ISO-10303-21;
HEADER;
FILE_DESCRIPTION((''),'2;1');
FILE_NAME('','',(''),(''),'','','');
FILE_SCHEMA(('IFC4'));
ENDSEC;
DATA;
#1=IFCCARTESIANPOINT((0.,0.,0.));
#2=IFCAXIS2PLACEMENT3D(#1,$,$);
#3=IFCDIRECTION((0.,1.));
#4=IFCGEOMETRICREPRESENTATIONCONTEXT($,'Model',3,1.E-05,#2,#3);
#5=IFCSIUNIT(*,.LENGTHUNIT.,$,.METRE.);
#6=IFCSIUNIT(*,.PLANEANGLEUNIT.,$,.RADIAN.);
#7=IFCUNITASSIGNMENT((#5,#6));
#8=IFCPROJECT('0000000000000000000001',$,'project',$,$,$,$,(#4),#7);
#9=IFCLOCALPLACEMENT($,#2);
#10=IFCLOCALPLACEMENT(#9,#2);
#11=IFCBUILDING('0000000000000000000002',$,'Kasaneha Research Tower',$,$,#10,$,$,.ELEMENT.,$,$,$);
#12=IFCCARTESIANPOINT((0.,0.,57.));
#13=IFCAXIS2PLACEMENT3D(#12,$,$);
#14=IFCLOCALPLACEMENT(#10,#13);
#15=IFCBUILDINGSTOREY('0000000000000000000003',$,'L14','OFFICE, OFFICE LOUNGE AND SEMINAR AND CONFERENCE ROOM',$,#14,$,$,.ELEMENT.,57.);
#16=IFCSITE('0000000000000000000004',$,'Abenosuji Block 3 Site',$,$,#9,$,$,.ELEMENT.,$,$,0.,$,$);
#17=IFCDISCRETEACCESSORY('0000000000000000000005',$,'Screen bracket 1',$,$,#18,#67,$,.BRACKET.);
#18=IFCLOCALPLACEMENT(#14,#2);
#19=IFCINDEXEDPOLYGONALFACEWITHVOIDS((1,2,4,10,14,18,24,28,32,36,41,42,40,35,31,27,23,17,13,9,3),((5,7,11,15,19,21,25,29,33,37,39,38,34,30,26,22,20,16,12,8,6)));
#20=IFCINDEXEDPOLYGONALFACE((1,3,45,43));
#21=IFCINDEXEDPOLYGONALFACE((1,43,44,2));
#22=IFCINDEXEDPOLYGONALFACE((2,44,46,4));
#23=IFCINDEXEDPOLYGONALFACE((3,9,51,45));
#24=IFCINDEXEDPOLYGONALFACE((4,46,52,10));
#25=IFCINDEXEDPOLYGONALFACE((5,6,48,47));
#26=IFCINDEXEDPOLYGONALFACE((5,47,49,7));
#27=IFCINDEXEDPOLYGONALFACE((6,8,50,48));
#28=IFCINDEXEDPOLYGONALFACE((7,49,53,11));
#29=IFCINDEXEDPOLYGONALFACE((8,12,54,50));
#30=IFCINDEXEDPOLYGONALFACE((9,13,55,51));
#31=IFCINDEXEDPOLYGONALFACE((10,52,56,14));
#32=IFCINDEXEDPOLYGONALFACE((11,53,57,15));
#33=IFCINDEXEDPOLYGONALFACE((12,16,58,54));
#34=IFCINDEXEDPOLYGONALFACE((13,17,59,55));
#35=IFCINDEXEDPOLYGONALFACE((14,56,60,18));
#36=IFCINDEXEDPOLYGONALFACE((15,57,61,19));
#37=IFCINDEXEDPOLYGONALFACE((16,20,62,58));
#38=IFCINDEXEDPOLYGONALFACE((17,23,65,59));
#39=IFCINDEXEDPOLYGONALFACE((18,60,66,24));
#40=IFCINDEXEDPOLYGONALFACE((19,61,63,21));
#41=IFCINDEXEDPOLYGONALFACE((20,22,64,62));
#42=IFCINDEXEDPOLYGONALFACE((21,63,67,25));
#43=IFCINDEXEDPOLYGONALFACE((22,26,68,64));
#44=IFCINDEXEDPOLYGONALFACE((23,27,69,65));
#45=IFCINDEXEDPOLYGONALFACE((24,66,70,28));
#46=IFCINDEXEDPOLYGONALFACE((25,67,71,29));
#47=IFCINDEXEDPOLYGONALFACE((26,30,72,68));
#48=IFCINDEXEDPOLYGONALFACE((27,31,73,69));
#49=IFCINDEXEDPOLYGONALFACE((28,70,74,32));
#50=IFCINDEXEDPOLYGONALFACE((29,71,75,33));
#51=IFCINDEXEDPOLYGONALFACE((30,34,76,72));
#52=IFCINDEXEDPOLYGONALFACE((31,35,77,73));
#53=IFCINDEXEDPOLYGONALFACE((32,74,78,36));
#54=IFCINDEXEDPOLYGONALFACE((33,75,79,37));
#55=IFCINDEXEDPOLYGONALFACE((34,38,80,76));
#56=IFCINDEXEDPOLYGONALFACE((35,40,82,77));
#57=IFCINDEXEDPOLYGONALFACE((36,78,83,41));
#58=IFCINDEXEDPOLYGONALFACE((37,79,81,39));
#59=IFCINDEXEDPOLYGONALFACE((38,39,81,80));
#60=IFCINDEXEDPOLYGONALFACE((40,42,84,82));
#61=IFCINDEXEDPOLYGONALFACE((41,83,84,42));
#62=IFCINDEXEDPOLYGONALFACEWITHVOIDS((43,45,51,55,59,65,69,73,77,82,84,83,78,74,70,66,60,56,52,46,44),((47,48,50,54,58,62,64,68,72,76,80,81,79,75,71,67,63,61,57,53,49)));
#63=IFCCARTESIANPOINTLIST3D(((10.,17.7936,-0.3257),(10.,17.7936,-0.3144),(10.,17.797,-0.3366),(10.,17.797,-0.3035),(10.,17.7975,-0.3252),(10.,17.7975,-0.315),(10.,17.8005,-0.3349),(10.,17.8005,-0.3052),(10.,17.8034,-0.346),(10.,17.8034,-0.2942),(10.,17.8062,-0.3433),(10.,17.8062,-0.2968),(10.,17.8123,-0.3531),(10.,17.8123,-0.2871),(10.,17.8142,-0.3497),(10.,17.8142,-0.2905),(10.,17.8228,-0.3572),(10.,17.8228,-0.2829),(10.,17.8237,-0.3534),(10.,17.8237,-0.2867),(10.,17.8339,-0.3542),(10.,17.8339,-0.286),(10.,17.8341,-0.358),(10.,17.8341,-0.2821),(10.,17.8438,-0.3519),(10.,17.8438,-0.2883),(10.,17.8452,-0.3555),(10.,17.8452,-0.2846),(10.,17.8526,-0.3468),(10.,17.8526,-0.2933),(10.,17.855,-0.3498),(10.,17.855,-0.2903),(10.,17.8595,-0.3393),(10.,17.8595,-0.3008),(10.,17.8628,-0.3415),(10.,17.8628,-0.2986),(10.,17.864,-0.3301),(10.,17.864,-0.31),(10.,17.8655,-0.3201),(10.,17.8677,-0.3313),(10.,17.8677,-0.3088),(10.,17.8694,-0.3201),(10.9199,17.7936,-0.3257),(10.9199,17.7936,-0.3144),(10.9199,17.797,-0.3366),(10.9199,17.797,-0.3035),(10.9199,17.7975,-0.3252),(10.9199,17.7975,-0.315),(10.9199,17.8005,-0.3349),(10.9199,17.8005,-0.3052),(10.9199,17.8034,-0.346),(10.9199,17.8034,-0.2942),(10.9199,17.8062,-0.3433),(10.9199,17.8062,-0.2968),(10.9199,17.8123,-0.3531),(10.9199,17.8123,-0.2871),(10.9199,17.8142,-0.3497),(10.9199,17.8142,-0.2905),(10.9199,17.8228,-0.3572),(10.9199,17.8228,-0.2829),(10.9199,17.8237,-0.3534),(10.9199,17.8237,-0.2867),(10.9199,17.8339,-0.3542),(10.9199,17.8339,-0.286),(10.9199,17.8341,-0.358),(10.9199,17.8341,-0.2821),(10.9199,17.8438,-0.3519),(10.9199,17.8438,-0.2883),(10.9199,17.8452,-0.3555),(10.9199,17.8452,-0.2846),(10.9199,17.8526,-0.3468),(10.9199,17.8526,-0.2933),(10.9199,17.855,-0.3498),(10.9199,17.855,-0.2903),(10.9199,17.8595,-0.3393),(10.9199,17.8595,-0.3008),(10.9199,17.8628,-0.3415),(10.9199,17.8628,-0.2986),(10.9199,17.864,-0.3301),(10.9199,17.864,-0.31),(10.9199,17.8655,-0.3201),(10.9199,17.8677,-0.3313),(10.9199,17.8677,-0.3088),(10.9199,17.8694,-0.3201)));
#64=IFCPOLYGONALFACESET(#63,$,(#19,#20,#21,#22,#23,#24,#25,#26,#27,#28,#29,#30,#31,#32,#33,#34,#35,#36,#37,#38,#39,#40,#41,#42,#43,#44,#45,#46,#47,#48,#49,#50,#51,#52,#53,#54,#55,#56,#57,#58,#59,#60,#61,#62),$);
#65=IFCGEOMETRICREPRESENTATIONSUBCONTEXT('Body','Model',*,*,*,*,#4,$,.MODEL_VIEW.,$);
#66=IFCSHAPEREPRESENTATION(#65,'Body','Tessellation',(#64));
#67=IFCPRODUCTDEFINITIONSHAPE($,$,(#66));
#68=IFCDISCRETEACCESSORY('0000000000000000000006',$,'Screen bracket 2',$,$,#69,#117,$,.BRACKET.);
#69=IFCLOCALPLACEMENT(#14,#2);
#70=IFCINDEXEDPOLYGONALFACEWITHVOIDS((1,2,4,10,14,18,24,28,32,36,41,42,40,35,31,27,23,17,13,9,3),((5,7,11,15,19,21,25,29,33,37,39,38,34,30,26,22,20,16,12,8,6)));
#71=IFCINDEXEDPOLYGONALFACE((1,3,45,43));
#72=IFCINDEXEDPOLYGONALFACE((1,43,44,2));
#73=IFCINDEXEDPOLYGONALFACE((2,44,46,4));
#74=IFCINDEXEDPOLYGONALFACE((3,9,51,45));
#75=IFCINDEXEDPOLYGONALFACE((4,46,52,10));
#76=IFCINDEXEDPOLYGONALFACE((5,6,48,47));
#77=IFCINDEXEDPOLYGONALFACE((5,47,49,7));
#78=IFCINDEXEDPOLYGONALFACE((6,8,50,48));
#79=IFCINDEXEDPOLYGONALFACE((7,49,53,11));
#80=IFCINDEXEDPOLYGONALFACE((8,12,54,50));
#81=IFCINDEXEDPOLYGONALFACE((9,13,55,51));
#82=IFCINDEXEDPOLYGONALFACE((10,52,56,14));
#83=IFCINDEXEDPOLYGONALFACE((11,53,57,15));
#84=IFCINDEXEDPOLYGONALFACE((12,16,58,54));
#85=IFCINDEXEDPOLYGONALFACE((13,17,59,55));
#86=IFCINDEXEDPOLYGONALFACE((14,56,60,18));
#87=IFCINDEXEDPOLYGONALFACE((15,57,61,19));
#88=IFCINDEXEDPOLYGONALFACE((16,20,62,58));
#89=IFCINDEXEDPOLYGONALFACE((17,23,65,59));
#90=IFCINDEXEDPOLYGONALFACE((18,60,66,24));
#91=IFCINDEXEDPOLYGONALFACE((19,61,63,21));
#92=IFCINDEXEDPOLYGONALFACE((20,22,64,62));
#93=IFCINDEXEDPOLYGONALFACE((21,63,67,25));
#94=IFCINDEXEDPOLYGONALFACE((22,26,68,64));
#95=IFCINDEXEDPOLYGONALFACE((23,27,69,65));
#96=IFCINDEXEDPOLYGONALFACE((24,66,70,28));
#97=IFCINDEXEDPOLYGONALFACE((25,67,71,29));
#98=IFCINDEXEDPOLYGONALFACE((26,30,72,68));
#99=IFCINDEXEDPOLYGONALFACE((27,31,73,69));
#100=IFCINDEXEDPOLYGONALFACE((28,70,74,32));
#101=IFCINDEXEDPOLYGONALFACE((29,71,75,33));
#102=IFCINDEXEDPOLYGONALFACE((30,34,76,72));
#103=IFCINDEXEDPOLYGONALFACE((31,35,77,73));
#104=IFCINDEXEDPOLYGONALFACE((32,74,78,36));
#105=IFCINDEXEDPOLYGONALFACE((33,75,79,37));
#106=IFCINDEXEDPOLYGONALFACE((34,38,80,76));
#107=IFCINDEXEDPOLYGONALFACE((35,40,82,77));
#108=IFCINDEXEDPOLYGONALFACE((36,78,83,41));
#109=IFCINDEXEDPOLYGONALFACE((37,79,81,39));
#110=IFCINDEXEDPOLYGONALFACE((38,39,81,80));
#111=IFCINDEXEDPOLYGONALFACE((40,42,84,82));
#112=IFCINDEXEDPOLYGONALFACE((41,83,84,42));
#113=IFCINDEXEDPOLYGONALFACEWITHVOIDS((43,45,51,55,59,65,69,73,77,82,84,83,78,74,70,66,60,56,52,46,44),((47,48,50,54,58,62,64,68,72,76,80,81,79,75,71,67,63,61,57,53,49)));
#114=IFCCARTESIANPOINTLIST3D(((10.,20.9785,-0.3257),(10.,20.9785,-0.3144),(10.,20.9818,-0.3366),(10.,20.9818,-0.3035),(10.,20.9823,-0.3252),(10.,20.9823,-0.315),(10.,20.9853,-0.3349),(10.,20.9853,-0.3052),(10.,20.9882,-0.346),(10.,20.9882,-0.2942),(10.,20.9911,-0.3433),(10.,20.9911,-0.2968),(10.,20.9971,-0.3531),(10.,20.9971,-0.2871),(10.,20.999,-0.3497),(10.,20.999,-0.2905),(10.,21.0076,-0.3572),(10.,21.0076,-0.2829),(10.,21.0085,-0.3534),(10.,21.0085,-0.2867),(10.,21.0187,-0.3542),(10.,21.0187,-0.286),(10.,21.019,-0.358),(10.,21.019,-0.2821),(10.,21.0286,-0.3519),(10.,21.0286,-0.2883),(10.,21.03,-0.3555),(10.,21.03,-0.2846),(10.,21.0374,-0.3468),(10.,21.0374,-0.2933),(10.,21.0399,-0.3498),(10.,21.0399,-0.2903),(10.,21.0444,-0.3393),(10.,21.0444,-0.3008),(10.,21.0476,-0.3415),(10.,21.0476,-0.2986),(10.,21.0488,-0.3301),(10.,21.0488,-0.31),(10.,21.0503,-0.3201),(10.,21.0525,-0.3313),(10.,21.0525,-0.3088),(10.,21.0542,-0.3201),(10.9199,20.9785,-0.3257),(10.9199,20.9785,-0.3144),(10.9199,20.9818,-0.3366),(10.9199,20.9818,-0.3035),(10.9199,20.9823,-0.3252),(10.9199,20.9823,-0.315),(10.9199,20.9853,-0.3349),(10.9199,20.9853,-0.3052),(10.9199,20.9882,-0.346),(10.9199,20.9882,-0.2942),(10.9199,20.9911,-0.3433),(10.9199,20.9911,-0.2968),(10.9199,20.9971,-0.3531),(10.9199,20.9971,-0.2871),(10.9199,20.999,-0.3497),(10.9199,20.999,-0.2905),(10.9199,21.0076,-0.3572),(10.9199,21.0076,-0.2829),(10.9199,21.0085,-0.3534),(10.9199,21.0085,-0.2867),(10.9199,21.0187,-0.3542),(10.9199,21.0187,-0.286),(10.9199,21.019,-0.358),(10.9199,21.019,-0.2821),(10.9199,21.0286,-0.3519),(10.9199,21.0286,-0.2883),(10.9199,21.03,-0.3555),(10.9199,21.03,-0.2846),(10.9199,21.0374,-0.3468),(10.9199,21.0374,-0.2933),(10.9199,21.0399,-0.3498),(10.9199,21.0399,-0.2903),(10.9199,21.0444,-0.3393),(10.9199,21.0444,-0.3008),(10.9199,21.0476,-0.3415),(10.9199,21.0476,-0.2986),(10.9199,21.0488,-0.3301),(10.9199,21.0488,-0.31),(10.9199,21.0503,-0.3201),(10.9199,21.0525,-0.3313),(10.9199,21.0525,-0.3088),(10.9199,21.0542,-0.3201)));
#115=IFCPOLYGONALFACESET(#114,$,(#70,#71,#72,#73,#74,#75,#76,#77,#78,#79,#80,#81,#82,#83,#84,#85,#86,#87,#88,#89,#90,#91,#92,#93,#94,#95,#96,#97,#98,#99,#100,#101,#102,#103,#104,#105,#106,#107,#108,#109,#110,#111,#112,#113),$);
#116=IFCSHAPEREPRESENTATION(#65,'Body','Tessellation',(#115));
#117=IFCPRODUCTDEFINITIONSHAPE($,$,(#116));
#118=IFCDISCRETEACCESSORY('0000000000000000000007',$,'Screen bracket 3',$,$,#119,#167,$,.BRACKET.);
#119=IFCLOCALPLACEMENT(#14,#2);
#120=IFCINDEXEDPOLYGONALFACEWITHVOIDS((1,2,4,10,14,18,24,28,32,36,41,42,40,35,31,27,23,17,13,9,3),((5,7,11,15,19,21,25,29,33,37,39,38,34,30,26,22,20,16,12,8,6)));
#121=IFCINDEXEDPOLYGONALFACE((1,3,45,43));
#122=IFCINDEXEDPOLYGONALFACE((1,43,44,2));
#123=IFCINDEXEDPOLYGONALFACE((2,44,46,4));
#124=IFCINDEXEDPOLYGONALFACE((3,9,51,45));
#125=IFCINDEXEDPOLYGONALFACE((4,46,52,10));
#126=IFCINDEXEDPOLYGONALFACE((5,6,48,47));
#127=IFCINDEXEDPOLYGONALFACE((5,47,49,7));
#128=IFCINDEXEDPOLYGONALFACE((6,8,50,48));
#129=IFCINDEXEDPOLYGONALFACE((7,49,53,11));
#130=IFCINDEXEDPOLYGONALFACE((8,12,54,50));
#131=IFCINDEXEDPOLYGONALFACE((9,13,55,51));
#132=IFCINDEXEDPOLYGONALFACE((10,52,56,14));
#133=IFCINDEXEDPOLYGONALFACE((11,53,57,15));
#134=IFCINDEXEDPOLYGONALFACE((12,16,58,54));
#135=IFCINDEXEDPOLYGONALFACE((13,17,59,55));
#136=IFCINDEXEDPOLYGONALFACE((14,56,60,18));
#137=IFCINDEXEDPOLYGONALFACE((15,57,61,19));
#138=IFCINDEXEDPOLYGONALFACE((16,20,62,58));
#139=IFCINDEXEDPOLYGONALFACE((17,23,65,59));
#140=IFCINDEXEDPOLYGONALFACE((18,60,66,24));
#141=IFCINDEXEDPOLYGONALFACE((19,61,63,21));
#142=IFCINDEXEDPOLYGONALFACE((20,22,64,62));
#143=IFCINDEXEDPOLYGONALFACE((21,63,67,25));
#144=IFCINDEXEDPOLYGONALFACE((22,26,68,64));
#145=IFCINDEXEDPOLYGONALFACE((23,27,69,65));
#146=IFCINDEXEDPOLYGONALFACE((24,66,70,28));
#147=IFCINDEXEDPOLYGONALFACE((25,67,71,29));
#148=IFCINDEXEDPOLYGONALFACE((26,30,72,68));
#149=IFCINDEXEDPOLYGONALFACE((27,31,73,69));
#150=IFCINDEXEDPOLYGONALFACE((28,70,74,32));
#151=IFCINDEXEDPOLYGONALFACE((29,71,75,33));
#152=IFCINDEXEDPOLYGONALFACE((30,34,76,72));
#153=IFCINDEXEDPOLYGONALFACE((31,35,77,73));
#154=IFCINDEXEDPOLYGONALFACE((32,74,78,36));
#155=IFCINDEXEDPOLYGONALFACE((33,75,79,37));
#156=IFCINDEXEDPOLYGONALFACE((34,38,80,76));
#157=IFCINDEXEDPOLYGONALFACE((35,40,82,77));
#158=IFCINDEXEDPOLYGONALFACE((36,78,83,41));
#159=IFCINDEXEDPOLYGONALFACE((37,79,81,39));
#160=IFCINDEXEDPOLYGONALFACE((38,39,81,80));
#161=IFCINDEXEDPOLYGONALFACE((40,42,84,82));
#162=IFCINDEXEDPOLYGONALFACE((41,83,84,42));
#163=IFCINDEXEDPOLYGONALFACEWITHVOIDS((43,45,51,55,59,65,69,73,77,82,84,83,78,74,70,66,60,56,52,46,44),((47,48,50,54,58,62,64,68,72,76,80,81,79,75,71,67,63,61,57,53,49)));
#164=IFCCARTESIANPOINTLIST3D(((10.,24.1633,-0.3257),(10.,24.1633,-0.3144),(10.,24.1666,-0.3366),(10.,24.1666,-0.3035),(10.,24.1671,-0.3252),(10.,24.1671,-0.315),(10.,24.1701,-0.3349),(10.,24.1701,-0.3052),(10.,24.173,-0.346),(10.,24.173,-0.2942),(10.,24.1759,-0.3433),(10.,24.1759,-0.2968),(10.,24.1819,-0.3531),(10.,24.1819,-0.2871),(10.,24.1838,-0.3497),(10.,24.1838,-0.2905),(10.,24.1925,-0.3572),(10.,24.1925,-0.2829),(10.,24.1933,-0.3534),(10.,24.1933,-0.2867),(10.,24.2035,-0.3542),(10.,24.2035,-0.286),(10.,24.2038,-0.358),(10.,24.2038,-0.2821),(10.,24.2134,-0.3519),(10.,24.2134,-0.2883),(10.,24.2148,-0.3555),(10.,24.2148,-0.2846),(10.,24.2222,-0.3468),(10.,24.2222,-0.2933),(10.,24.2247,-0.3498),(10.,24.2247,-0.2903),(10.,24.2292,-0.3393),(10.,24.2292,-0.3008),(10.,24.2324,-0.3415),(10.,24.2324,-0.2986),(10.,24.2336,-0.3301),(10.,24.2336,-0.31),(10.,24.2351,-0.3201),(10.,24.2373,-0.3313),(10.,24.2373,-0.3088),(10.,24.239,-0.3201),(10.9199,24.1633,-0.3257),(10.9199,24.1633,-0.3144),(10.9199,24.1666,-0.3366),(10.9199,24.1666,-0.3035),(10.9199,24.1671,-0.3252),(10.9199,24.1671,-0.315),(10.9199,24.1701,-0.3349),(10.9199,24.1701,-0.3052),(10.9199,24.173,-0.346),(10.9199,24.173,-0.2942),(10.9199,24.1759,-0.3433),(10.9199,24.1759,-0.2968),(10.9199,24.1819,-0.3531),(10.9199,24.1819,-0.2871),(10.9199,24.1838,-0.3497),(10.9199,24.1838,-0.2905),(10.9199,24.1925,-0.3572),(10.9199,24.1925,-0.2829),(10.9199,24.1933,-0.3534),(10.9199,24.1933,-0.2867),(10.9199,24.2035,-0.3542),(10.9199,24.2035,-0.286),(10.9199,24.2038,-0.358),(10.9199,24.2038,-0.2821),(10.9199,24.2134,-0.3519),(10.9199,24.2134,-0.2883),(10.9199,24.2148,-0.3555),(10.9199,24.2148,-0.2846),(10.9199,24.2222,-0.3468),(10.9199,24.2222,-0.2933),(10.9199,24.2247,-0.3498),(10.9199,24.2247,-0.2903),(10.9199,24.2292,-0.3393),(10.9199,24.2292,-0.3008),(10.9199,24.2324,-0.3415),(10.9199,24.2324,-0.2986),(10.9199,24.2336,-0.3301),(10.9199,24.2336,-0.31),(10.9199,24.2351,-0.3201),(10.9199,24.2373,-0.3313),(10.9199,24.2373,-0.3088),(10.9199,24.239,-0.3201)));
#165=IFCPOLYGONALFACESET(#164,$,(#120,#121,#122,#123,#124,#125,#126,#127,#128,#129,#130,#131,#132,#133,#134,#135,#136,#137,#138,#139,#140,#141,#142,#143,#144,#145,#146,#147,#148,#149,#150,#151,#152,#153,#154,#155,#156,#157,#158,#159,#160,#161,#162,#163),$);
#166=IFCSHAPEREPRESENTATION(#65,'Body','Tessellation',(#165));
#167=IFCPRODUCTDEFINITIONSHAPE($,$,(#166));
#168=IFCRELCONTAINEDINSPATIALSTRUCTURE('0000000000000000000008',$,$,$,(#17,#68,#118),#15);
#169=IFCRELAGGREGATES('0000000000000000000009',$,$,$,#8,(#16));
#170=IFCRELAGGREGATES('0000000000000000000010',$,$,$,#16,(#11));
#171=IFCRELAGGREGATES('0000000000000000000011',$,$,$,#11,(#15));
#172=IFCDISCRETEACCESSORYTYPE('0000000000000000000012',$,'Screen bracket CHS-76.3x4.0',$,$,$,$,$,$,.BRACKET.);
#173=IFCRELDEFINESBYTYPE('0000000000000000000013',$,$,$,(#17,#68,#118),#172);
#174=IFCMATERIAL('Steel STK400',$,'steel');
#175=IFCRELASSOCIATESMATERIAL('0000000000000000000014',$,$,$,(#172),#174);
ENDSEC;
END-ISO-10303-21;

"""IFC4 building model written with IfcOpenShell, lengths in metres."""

from ifc_helpers import new_model, si_unit, direction, frame, origin, origin_2d, place, context, subcontext, project, spatial, hollow_circle, extrude, material, material_profile, profile_set, type_object, element, save


model = new_model("IFC4")

# Units and contexts
model_context = context("Model", 3, precision=1e-05, world=origin(), true_north=direction((0.0, 1.0)))
body_context = subcontext(model_context, "Body", "Model", "MODEL_VIEW")
ifc_project = project(units=[si_unit("LENGTHUNIT", "METRE"), si_unit("PLANEANGLEUNIT", "RADIAN")], contexts=[model_context])

# Site, building, storey
site_placement = place(None, origin())
site = spatial("IfcSite", under=ifc_project, at=site_placement, Name="Abenosuji Block 3 Site", CompositionType="ELEMENT", RefElevation=0.0)
building_placement = place(site_placement, origin())
building = spatial("IfcBuilding", under=site, at=building_placement, Name="Kasaneha Research Tower", CompositionType="ELEMENT")
storey_placement = place(building_placement, frame((0.0, 0.0, 57.0)))
storey = spatial("IfcBuildingStorey", under=building, at=storey_placement, Name="L14", Description="OFFICE, OFFICE LOUNGE AND SEMINAR AND CONFERENCE ROOM", CompositionType="ELEMENT", Elevation=57.0)

# Discrete accessories
ifc_material_1 = material(Name="Steel STK400", Category="steel")
ifc_material_profile_1 = material_profile(ifc_material_1, hollow_circle(Radius=0.0381, WallThickness=0.0039, at=origin_2d()), Name="CHS-76.3x4.0")
ifc_profile_set_1 = profile_set([ifc_material_profile_1], Name="Steel STK400")
discrete_accessory_type = type_object("IfcDiscreteAccessoryType", Name="Screen bracket CHS-76.3x4.0", PredefinedType="BRACKET", material=ifc_profile_set_1)
for number, where, z_axis, x_axis, name in (
    (1, (10.0, 17.8313, -0.3201), (1.0, 0.0, 0.0), (0.0, 1.0, 0.0), "Screen bracket 1"),
    (2, (10.0, 21.0161, -0.3201), (1.0, 0.0, 0.0), (0.0, 1.0, 0.0), "Screen bracket 2"),
    (3, (10.0, 24.2009, -0.3201), (1.0, 0.0, 0.0), (0.0, 1.0, 0.0), "Screen bracket 3"),
):
    element("IfcDiscreteAccessory", number, at=place(storey_placement, frame(where, z_axis=z_axis, x_axis=x_axis)), inside=storey, type_object=discrete_accessory_type, Name=name, PredefinedType="BRACKET", context=body_context, shape_type="SweptSolid", body=[
        extrude(hollow_circle(Radius=0.0381, WallThickness=0.0039, at=origin_2d()), origin(), (0.0, 0.0, 1.0), 0.9199),
    ])

save(model, "model.ifc")
